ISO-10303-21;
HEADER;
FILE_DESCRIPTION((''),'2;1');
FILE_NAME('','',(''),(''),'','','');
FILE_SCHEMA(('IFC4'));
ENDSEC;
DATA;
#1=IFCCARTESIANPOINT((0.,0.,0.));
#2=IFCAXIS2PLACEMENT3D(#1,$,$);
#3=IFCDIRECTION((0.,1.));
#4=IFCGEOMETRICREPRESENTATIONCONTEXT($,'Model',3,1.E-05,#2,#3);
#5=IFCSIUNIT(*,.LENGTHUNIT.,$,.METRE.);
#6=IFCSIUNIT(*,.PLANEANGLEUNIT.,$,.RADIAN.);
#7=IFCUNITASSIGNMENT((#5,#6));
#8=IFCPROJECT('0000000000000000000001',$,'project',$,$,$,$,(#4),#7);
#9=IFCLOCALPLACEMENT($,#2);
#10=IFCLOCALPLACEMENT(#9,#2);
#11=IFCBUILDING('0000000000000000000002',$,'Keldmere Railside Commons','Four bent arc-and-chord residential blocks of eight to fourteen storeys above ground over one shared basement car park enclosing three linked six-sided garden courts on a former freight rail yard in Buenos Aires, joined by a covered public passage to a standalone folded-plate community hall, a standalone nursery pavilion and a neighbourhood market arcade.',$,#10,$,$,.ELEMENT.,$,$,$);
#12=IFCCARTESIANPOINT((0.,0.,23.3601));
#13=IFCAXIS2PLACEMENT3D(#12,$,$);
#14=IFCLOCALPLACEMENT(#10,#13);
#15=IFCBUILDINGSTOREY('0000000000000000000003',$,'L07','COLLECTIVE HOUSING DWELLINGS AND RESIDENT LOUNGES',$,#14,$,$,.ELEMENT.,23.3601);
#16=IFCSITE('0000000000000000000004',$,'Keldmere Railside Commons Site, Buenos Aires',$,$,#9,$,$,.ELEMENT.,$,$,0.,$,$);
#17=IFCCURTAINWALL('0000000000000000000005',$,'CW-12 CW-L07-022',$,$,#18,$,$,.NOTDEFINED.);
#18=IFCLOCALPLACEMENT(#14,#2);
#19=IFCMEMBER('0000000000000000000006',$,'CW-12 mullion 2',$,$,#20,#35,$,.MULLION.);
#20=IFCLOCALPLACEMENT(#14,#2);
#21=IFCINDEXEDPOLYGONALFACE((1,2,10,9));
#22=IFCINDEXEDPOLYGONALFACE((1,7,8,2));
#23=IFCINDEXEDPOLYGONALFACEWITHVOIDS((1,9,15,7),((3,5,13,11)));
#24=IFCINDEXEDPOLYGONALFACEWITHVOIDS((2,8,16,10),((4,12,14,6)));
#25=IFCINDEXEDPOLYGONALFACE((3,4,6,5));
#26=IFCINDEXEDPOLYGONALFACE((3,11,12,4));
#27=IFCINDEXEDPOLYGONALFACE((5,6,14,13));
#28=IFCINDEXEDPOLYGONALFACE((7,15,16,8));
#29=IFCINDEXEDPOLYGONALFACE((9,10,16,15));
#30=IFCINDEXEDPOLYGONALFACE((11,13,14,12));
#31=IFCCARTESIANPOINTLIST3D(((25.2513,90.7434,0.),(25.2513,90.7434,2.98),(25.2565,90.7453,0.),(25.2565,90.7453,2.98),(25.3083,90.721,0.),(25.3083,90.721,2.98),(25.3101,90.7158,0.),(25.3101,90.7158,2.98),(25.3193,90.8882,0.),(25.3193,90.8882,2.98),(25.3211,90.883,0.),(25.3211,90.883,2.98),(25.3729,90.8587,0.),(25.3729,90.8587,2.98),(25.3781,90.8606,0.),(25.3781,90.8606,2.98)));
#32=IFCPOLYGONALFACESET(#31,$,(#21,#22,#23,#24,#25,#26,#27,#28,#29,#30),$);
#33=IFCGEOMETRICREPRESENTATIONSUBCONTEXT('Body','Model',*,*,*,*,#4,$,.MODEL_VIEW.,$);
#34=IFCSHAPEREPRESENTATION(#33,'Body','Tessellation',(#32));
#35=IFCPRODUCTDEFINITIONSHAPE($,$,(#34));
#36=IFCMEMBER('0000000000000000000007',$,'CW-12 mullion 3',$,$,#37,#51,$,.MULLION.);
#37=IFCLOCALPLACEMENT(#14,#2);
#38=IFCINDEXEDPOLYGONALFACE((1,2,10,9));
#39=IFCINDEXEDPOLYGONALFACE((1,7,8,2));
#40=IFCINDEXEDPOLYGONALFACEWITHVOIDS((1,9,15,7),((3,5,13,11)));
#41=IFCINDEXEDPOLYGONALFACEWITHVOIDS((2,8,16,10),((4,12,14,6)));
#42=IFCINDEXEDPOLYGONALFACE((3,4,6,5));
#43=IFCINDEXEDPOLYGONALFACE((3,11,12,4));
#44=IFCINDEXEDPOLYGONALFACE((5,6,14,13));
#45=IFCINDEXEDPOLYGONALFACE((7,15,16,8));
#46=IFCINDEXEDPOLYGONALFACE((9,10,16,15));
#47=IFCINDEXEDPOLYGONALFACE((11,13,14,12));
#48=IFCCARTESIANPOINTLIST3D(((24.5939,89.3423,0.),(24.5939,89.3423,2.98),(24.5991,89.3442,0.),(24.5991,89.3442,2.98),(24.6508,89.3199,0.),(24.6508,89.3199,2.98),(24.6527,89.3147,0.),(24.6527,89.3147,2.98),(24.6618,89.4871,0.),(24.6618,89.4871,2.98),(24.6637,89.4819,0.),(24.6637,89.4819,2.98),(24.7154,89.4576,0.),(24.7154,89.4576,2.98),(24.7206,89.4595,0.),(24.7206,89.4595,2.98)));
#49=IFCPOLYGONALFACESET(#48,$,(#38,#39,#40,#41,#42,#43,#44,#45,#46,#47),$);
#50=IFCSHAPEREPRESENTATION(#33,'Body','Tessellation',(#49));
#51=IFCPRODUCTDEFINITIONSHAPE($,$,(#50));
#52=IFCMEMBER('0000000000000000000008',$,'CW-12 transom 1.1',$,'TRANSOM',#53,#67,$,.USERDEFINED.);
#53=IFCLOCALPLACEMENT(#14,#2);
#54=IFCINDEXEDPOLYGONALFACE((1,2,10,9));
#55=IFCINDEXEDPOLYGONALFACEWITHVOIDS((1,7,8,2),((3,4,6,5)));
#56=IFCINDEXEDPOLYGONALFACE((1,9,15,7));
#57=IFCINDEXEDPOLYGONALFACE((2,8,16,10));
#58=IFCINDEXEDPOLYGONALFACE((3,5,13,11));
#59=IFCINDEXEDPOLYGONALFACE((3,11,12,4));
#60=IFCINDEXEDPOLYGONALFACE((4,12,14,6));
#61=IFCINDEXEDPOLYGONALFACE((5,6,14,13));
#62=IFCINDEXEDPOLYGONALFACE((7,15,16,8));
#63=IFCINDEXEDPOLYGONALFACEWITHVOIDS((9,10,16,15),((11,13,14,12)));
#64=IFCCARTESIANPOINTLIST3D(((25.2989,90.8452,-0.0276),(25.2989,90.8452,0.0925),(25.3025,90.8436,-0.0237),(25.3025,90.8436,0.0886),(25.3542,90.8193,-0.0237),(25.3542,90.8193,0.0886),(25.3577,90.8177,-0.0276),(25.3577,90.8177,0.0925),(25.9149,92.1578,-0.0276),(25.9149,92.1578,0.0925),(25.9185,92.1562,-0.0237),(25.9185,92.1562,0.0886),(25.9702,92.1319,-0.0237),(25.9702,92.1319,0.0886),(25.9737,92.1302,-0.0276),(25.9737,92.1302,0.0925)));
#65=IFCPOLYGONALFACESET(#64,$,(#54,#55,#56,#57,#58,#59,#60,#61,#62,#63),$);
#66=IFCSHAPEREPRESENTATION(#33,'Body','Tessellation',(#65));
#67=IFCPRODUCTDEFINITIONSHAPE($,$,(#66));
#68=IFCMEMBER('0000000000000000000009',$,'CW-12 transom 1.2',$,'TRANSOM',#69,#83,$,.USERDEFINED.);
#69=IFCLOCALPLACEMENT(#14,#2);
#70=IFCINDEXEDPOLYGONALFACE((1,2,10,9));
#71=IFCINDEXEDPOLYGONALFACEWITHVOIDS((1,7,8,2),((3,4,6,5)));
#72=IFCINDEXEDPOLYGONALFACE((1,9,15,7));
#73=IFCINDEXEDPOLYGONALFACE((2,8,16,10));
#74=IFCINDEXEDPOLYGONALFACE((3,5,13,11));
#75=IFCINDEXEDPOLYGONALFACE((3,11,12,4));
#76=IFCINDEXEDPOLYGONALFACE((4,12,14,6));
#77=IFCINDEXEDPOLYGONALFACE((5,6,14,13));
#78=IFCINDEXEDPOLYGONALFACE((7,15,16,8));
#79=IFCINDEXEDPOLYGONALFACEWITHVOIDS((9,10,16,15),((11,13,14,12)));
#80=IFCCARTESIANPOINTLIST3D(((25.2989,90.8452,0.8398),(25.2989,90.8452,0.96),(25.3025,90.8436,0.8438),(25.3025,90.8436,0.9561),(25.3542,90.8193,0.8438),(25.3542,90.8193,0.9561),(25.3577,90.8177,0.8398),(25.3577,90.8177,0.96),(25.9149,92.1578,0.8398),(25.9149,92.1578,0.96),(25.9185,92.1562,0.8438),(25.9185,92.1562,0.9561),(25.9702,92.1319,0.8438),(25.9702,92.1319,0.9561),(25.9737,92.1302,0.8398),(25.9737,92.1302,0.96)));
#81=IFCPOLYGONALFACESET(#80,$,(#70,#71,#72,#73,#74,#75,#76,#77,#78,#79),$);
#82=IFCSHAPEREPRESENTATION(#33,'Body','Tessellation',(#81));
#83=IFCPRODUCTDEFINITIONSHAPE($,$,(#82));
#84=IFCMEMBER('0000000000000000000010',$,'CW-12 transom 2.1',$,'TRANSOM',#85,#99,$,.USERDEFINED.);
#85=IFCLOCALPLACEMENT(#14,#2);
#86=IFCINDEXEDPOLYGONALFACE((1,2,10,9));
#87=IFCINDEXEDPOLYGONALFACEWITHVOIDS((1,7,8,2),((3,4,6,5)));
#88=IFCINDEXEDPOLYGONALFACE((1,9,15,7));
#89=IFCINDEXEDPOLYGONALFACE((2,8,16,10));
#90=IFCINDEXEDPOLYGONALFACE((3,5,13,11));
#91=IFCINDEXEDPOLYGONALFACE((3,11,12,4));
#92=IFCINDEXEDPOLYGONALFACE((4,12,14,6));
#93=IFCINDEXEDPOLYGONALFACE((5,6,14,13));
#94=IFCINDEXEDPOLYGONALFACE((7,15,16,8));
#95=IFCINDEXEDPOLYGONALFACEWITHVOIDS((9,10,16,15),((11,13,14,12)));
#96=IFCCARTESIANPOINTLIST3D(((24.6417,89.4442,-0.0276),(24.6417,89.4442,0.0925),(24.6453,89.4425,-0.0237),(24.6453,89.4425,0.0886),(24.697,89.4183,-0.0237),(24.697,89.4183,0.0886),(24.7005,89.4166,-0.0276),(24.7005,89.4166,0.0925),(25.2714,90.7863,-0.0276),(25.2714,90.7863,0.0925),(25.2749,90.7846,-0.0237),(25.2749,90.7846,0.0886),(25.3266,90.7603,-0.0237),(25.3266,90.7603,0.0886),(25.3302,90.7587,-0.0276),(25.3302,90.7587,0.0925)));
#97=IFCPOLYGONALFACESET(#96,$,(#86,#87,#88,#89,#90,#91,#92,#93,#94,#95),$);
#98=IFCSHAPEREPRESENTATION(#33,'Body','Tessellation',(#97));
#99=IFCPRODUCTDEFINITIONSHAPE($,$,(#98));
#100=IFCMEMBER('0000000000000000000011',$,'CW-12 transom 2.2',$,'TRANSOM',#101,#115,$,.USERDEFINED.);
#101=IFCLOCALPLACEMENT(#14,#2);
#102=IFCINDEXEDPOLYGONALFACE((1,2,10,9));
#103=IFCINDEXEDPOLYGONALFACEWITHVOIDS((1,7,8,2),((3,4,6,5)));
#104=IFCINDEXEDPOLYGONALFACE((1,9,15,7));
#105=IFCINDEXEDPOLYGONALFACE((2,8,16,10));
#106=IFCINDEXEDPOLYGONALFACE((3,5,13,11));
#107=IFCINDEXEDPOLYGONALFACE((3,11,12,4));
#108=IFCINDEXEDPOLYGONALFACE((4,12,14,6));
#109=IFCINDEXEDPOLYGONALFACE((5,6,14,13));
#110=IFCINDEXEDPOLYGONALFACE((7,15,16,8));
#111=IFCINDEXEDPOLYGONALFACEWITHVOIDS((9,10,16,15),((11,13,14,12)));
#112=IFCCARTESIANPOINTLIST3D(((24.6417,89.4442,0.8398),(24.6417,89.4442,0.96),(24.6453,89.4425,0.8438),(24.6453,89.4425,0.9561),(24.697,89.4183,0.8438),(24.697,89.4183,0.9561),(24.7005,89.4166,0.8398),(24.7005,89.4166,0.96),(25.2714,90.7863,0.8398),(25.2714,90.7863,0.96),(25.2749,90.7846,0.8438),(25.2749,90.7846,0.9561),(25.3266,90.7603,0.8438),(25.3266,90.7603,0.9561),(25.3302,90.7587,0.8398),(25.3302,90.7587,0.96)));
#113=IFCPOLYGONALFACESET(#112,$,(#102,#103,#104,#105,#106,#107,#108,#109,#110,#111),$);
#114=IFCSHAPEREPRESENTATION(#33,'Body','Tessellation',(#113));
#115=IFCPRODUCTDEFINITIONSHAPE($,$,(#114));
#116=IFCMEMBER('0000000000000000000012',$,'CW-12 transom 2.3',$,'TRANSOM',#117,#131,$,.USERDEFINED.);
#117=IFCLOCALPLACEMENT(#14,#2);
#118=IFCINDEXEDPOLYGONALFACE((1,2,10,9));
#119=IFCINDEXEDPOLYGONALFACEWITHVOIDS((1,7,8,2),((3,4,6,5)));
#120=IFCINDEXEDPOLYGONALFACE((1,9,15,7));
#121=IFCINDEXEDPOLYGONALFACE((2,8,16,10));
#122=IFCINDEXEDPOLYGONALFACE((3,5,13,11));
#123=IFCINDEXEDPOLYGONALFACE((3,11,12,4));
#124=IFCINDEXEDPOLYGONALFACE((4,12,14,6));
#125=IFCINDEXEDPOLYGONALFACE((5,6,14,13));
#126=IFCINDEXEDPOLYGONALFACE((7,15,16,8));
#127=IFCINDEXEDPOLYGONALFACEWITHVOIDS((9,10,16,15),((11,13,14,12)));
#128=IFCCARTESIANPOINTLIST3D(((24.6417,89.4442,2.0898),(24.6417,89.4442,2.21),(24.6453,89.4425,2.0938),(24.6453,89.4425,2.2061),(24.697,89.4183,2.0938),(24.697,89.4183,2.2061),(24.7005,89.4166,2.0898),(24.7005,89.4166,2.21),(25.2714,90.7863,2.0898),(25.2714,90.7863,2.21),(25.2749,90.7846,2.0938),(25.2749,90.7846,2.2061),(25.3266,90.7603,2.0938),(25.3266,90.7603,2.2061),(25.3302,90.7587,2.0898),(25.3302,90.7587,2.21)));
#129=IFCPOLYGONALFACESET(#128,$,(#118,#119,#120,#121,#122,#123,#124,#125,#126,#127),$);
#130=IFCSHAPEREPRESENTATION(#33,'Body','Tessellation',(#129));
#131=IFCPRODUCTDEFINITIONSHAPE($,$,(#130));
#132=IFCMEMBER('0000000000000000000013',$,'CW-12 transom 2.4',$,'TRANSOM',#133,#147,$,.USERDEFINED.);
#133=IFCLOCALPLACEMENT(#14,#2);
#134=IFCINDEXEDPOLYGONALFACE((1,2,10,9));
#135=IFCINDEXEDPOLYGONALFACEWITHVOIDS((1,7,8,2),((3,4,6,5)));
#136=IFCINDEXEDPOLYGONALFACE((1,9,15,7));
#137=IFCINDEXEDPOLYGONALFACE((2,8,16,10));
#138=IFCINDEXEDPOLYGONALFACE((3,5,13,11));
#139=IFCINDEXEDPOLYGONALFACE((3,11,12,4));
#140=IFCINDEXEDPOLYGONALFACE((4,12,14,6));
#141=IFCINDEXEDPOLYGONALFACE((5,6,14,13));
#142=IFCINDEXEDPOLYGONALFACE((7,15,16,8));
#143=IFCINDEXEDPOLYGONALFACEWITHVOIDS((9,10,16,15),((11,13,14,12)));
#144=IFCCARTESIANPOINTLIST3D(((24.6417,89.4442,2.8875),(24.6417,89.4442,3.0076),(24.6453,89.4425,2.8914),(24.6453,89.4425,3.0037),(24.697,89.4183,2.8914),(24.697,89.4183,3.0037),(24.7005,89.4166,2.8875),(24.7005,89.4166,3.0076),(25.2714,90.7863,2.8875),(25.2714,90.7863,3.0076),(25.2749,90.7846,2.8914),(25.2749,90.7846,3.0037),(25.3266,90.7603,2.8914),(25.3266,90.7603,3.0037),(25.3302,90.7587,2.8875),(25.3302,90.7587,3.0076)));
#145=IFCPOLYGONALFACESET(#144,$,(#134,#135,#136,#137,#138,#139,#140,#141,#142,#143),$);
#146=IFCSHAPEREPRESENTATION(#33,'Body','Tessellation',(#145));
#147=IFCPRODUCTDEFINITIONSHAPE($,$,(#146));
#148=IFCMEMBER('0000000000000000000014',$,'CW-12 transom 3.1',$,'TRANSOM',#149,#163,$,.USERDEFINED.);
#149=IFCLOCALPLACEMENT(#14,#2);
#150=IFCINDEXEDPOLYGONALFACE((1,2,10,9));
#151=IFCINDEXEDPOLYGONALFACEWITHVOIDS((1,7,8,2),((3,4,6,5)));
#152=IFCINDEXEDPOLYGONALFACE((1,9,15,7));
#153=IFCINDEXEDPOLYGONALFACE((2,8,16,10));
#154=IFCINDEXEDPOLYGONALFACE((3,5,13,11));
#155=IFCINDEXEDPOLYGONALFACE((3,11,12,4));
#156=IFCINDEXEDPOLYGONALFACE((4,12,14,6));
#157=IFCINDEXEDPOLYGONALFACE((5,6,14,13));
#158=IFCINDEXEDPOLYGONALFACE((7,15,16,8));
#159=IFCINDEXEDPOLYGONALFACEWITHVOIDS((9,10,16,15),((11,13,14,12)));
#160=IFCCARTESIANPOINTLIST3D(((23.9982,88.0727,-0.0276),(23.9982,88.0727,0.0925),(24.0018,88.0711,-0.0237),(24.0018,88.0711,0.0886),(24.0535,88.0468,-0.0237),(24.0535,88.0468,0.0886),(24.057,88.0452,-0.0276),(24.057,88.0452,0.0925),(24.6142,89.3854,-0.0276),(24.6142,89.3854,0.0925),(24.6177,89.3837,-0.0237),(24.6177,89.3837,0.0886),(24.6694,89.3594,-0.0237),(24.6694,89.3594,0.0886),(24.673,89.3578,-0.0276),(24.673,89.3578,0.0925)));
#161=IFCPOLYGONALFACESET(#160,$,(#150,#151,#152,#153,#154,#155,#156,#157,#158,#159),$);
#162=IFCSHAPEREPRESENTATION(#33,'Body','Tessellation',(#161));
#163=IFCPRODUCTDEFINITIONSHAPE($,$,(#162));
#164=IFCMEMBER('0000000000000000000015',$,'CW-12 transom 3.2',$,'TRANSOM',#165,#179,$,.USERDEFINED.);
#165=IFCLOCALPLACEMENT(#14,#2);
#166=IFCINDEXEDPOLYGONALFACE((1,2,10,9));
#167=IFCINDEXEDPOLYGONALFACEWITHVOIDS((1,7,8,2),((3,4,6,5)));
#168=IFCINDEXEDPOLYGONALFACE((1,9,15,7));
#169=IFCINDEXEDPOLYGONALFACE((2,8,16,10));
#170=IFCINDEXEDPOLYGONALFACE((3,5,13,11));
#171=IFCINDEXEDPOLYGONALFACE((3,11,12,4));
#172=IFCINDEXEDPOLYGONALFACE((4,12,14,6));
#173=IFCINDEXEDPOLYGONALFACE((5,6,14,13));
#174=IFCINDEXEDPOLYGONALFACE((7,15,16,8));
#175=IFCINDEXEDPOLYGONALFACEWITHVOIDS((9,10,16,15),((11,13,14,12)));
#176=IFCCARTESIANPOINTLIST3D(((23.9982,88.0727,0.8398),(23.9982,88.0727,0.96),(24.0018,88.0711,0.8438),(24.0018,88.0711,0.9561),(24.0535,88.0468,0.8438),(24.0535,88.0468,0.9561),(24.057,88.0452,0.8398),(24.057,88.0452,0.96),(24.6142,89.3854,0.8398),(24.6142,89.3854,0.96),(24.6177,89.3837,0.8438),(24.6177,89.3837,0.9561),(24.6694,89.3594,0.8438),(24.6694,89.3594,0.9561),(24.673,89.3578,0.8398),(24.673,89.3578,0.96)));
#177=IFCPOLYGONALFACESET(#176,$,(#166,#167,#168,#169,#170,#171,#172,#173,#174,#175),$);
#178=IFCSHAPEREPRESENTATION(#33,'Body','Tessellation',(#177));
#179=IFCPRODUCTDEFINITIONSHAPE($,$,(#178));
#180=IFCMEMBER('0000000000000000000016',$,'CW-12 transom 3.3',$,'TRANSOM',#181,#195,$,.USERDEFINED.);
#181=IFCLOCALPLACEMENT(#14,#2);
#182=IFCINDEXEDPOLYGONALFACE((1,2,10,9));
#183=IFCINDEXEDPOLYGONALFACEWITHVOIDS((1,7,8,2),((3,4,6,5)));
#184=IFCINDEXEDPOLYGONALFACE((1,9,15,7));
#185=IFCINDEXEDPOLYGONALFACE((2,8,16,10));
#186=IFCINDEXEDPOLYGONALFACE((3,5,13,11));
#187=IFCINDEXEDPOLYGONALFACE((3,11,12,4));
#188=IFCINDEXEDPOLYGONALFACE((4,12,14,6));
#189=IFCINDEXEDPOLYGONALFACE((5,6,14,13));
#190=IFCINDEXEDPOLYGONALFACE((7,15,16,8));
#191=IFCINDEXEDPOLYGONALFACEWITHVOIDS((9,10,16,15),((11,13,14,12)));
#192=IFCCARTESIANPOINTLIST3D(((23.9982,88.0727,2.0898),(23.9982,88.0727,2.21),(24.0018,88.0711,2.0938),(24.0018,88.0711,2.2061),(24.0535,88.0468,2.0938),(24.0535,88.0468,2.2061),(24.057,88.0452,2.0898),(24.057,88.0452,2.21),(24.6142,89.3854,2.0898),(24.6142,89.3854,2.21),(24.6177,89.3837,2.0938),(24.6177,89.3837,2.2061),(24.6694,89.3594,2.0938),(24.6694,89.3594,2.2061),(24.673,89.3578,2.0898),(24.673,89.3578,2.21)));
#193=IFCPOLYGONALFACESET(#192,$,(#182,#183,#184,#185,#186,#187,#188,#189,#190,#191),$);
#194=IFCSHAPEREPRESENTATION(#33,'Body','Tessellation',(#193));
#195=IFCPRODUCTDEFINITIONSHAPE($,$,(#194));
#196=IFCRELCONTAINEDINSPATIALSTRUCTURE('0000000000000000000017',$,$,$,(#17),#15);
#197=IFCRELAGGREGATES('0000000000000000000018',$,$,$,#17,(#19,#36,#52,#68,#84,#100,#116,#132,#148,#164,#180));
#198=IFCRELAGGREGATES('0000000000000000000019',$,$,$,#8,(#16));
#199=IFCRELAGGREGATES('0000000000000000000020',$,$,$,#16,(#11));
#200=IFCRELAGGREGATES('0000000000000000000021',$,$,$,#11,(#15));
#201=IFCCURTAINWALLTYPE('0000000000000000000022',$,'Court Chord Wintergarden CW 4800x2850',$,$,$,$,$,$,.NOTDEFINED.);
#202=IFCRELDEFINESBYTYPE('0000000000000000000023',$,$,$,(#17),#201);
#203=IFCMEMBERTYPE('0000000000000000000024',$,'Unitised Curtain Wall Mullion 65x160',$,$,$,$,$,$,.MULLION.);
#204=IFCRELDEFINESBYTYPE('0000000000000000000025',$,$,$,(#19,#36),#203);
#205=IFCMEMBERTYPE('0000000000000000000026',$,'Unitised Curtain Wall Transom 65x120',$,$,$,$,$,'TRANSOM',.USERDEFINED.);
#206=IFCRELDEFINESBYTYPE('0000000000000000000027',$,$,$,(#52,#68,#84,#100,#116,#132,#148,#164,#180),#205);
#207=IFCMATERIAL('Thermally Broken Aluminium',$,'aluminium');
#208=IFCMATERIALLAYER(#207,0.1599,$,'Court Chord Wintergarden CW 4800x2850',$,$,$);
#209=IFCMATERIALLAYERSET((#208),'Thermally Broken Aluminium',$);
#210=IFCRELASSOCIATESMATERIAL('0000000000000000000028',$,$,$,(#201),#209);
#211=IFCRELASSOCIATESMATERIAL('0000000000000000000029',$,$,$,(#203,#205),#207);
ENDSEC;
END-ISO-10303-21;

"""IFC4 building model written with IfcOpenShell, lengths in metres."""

from ifc_helpers import new_model, si_unit, direction, frame, origin, origin_2d, place, context, subcontext, project, spatial, hollow_rectangle, extrude, material, layer, layer_set, material_profile, profile_set, type_object, element, aggregate, save


model = new_model("IFC4")

# Units and contexts
model_context = context("Model", 3, precision=1e-05, world=origin(), true_north=direction((0.0, 1.0)))
body_context = subcontext(model_context, "Body", "Model", "MODEL_VIEW")
ifc_project = project(units=[si_unit("LENGTHUNIT", "METRE"), si_unit("PLANEANGLEUNIT", "RADIAN")], contexts=[model_context])

# Site, building, storey
site_placement = place(None, origin())
site = spatial("IfcSite", under=ifc_project, at=site_placement, Name="Keldmere Railside Commons Site, Buenos Aires", CompositionType="ELEMENT", RefElevation=0.0)
building_placement = place(site_placement, origin())
building = spatial("IfcBuilding", under=site, at=building_placement, Name="Keldmere Railside Commons", Description="Four bent arc-and-chord residential blocks of eight to fourteen storeys above ground over one shared basement car park enclosing three linked six-sided garden courts on a former freight rail yard in Buenos Aires, joined by a covered public passage to a standalone folded-plate community hall, a standalone nursery pavilion and a neighbourhood market arcade.", CompositionType="ELEMENT")
storey_placement = place(building_placement, frame((0.0, 0.0, 23.3601)))
storey = spatial("IfcBuildingStorey", under=building, at=storey_placement, Name="L07", Description="COLLECTIVE HOUSING DWELLINGS AND RESIDENT LOUNGES", CompositionType="ELEMENT", Elevation=23.3601)

# Curtain wall, members
ifc_material_1 = material(Name="Thermally Broken Aluminium", Category="aluminium")
ifc_layer_1 = layer(ifc_material_1, 0.1599, Name="Court Chord Wintergarden CW 4800x2850")
ifc_layer_set_1 = layer_set([ifc_layer_1], Name="Thermally Broken Aluminium")
curtain_wall_type = type_object("IfcCurtainWallType", Name="Court Chord Wintergarden CW 4800x2850", PredefinedType="NOTDEFINED", material=ifc_layer_set_1)
curtain_wall_placement = place(storey_placement, origin())
curtain_wall = element("IfcCurtainWall", 1, at=curtain_wall_placement, inside=storey, type_object=curtain_wall_type, Name="CW-12 CW-L07-022", PredefinedType="NOTDEFINED")
ifc_material_profile_1 = material_profile(ifc_material_1, hollow_rectangle(XDim=0.0649, YDim=0.1599, WallThickness=0.0039, at=origin_2d()), Name="ALU-MULL-65x160")
ifc_profile_set_1 = profile_set([ifc_material_profile_1], Name="Thermally Broken Aluminium")
member_type_1 = type_object("IfcMemberType", Name="Unitised Curtain Wall Mullion 65x160", PredefinedType="MULLION", material=ifc_profile_set_1)
member_1_placement = place(storey_placement, frame((25.3147, 90.802, 0.0), z_axis=(0.0, 0.0, 1.0), x_axis=(0.905306, -0.424759, 0.0)))
member_1 = element("IfcMember", 2, at=member_1_placement, type_object=member_type_1, Name="CW-12 mullion 2", PredefinedType="MULLION", context=body_context, shape_type="SweptSolid", body=[
    extrude(hollow_rectangle(XDim=0.0649, YDim=0.1599, WallThickness=0.0039, at=origin_2d()), origin(), (0.0, 0.0, 1.0), 2.98),
])
member_2_placement = place(storey_placement, frame((24.6572, 89.4009, 0.0), z_axis=(0.0, 0.0, 1.0), x_axis=(0.905306, -0.424759, 0.0)))
member_2 = element("IfcMember", 3, at=member_2_placement, type_object=member_type_1, Name="CW-12 mullion 3", PredefinedType="MULLION", context=body_context, shape_type="SweptSolid", body=[
    extrude(hollow_rectangle(XDim=0.0649, YDim=0.1599, WallThickness=0.0039, at=origin_2d()), origin(), (0.0, 0.0, 1.0), 2.98),
])
ifc_material_profile_2 = material_profile(ifc_material_1, hollow_rectangle(XDim=0.0649, YDim=0.1201, WallThickness=0.0039, at=origin_2d()), Name="ALU-TRAN-65x120")
ifc_profile_set_2 = profile_set([ifc_material_profile_2], Name="Thermally Broken Aluminium")
member_type_2 = type_object("IfcMemberType", Name="Unitised Curtain Wall Transom 65x120", ElementType="TRANSOM", PredefinedType="USERDEFINED", material=ifc_profile_set_2)
member_3_placement = place(storey_placement, frame((25.9443, 92.144, 0.0325), z_axis=(-0.424848, -0.905265, 0.0), x_axis=(0.905265, -0.424848, 0.0)))
member_3 = element("IfcMember", 4, at=member_3_placement, type_object=member_type_2, Name="CW-12 transom 1.1", ObjectType="TRANSOM", PredefinedType="USERDEFINED", context=body_context, shape_type="SweptSolid", body=[
    extrude(hollow_rectangle(XDim=0.0649, YDim=0.1201, WallThickness=0.0039, at=origin_2d()), origin(), (0.0, 0.0, 1.0), 1.45),
])
member_4_placement = place(storey_placement, frame((25.9443, 92.144, 0.8999), z_axis=(-0.424848, -0.905265, 0.0), x_axis=(0.905265, -0.424848, 0.0)))
member_4 = element("IfcMember", 5, at=member_4_placement, type_object=member_type_2, Name="CW-12 transom 1.2", ObjectType="TRANSOM", PredefinedType="USERDEFINED", context=body_context, shape_type="SweptSolid", body=[
    extrude(hollow_rectangle(XDim=0.0649, YDim=0.1201, WallThickness=0.0039, at=origin_2d()), origin(), (0.0, 0.0, 1.0), 1.45),
])
member_5_placement = place(storey_placement, frame((25.3008, 90.7725, 0.0325), z_axis=(-0.424742, -0.905314, 0.0), x_axis=(0.905314, -0.424742, 0.0)))
member_5 = element("IfcMember", 6, at=member_5_placement, type_object=member_type_2, Name="CW-12 transom 2.1", ObjectType="TRANSOM", PredefinedType="USERDEFINED", context=body_context, shape_type="SweptSolid", body=[
    extrude(hollow_rectangle(XDim=0.0649, YDim=0.1201, WallThickness=0.0039, at=origin_2d()), origin(), (0.0, 0.0, 1.0), 1.4824),
])
member_6_placement = place(storey_placement, frame((25.3008, 90.7725, 0.8999), z_axis=(-0.424742, -0.905314, 0.0), x_axis=(0.905314, -0.424742, 0.0)))
member_6 = element("IfcMember", 7, at=member_6_placement, type_object=member_type_2, Name="CW-12 transom 2.2", ObjectType="TRANSOM", PredefinedType="USERDEFINED", context=body_context, shape_type="SweptSolid", body=[
    extrude(hollow_rectangle(XDim=0.0649, YDim=0.1201, WallThickness=0.0039, at=origin_2d()), origin(), (0.0, 0.0, 1.0), 1.4824),
])
member_7_placement = place(storey_placement, frame((25.3008, 90.7725, 2.1499), z_axis=(-0.424742, -0.905314, 0.0), x_axis=(0.905314, -0.424742, 0.0)))
member_7 = element("IfcMember", 8, at=member_7_placement, type_object=member_type_2, Name="CW-12 transom 2.3", ObjectType="TRANSOM", PredefinedType="USERDEFINED", context=body_context, shape_type="SweptSolid", body=[
    extrude(hollow_rectangle(XDim=0.0649, YDim=0.1201, WallThickness=0.0039, at=origin_2d()), origin(), (0.0, 0.0, 1.0), 1.4824),
])
member_8_placement = place(storey_placement, frame((25.3008, 90.7725, 2.9475), z_axis=(-0.424742, -0.905314, 0.0), x_axis=(0.905314, -0.424742, 0.0)))
member_8 = element("IfcMember", 9, at=member_8_placement, type_object=member_type_2, Name="CW-12 transom 2.4", ObjectType="TRANSOM", PredefinedType="USERDEFINED", context=body_context, shape_type="SweptSolid", body=[
    extrude(hollow_rectangle(XDim=0.0649, YDim=0.1201, WallThickness=0.0039, at=origin_2d()), origin(), (0.0, 0.0, 1.0), 1.4824),
])
member_9_placement = place(storey_placement, frame((24.6436, 89.3716, 0.0325), z_axis=(-0.424783, -0.905295, 0.0), x_axis=(0.905295, -0.424783, 0.0)))
member_9 = element("IfcMember", 10, at=member_9_placement, type_object=member_type_2, Name="CW-12 transom 3.1", ObjectType="TRANSOM", PredefinedType="USERDEFINED", context=body_context, shape_type="SweptSolid", body=[
    extrude(hollow_rectangle(XDim=0.0649, YDim=0.1201, WallThickness=0.0039, at=origin_2d()), origin(), (0.0, 0.0, 1.0), 1.45),
])
member_10_placement = place(storey_placement, frame((24.6436, 89.3716, 0.8999), z_axis=(-0.424783, -0.905295, 0.0), x_axis=(0.905295, -0.424783, 0.0)))
member_10 = element("IfcMember", 11, at=member_10_placement, type_object=member_type_2, Name="CW-12 transom 3.2", ObjectType="TRANSOM", PredefinedType="USERDEFINED", context=body_context, shape_type="SweptSolid", body=[
    extrude(hollow_rectangle(XDim=0.0649, YDim=0.1201, WallThickness=0.0039, at=origin_2d()), origin(), (0.0, 0.0, 1.0), 1.45),
])
member_11_placement = place(storey_placement, frame((24.6436, 89.3716, 2.1499), z_axis=(-0.424783, -0.905295, 0.0), x_axis=(0.905295, -0.424783, 0.0)))
member_11 = element("IfcMember", 12, at=member_11_placement, type_object=member_type_2, Name="CW-12 transom 3.3", ObjectType="TRANSOM", PredefinedType="USERDEFINED", context=body_context, shape_type="SweptSolid", body=[
    extrude(hollow_rectangle(XDim=0.0649, YDim=0.1201, WallThickness=0.0039, at=origin_2d()), origin(), (0.0, 0.0, 1.0), 1.45),
])
aggregate(curtain_wall, [member_1, member_2, member_3, member_4, member_5, member_6, member_7, member_8, member_9, member_10, member_11])

save(model, "model.ifc")
